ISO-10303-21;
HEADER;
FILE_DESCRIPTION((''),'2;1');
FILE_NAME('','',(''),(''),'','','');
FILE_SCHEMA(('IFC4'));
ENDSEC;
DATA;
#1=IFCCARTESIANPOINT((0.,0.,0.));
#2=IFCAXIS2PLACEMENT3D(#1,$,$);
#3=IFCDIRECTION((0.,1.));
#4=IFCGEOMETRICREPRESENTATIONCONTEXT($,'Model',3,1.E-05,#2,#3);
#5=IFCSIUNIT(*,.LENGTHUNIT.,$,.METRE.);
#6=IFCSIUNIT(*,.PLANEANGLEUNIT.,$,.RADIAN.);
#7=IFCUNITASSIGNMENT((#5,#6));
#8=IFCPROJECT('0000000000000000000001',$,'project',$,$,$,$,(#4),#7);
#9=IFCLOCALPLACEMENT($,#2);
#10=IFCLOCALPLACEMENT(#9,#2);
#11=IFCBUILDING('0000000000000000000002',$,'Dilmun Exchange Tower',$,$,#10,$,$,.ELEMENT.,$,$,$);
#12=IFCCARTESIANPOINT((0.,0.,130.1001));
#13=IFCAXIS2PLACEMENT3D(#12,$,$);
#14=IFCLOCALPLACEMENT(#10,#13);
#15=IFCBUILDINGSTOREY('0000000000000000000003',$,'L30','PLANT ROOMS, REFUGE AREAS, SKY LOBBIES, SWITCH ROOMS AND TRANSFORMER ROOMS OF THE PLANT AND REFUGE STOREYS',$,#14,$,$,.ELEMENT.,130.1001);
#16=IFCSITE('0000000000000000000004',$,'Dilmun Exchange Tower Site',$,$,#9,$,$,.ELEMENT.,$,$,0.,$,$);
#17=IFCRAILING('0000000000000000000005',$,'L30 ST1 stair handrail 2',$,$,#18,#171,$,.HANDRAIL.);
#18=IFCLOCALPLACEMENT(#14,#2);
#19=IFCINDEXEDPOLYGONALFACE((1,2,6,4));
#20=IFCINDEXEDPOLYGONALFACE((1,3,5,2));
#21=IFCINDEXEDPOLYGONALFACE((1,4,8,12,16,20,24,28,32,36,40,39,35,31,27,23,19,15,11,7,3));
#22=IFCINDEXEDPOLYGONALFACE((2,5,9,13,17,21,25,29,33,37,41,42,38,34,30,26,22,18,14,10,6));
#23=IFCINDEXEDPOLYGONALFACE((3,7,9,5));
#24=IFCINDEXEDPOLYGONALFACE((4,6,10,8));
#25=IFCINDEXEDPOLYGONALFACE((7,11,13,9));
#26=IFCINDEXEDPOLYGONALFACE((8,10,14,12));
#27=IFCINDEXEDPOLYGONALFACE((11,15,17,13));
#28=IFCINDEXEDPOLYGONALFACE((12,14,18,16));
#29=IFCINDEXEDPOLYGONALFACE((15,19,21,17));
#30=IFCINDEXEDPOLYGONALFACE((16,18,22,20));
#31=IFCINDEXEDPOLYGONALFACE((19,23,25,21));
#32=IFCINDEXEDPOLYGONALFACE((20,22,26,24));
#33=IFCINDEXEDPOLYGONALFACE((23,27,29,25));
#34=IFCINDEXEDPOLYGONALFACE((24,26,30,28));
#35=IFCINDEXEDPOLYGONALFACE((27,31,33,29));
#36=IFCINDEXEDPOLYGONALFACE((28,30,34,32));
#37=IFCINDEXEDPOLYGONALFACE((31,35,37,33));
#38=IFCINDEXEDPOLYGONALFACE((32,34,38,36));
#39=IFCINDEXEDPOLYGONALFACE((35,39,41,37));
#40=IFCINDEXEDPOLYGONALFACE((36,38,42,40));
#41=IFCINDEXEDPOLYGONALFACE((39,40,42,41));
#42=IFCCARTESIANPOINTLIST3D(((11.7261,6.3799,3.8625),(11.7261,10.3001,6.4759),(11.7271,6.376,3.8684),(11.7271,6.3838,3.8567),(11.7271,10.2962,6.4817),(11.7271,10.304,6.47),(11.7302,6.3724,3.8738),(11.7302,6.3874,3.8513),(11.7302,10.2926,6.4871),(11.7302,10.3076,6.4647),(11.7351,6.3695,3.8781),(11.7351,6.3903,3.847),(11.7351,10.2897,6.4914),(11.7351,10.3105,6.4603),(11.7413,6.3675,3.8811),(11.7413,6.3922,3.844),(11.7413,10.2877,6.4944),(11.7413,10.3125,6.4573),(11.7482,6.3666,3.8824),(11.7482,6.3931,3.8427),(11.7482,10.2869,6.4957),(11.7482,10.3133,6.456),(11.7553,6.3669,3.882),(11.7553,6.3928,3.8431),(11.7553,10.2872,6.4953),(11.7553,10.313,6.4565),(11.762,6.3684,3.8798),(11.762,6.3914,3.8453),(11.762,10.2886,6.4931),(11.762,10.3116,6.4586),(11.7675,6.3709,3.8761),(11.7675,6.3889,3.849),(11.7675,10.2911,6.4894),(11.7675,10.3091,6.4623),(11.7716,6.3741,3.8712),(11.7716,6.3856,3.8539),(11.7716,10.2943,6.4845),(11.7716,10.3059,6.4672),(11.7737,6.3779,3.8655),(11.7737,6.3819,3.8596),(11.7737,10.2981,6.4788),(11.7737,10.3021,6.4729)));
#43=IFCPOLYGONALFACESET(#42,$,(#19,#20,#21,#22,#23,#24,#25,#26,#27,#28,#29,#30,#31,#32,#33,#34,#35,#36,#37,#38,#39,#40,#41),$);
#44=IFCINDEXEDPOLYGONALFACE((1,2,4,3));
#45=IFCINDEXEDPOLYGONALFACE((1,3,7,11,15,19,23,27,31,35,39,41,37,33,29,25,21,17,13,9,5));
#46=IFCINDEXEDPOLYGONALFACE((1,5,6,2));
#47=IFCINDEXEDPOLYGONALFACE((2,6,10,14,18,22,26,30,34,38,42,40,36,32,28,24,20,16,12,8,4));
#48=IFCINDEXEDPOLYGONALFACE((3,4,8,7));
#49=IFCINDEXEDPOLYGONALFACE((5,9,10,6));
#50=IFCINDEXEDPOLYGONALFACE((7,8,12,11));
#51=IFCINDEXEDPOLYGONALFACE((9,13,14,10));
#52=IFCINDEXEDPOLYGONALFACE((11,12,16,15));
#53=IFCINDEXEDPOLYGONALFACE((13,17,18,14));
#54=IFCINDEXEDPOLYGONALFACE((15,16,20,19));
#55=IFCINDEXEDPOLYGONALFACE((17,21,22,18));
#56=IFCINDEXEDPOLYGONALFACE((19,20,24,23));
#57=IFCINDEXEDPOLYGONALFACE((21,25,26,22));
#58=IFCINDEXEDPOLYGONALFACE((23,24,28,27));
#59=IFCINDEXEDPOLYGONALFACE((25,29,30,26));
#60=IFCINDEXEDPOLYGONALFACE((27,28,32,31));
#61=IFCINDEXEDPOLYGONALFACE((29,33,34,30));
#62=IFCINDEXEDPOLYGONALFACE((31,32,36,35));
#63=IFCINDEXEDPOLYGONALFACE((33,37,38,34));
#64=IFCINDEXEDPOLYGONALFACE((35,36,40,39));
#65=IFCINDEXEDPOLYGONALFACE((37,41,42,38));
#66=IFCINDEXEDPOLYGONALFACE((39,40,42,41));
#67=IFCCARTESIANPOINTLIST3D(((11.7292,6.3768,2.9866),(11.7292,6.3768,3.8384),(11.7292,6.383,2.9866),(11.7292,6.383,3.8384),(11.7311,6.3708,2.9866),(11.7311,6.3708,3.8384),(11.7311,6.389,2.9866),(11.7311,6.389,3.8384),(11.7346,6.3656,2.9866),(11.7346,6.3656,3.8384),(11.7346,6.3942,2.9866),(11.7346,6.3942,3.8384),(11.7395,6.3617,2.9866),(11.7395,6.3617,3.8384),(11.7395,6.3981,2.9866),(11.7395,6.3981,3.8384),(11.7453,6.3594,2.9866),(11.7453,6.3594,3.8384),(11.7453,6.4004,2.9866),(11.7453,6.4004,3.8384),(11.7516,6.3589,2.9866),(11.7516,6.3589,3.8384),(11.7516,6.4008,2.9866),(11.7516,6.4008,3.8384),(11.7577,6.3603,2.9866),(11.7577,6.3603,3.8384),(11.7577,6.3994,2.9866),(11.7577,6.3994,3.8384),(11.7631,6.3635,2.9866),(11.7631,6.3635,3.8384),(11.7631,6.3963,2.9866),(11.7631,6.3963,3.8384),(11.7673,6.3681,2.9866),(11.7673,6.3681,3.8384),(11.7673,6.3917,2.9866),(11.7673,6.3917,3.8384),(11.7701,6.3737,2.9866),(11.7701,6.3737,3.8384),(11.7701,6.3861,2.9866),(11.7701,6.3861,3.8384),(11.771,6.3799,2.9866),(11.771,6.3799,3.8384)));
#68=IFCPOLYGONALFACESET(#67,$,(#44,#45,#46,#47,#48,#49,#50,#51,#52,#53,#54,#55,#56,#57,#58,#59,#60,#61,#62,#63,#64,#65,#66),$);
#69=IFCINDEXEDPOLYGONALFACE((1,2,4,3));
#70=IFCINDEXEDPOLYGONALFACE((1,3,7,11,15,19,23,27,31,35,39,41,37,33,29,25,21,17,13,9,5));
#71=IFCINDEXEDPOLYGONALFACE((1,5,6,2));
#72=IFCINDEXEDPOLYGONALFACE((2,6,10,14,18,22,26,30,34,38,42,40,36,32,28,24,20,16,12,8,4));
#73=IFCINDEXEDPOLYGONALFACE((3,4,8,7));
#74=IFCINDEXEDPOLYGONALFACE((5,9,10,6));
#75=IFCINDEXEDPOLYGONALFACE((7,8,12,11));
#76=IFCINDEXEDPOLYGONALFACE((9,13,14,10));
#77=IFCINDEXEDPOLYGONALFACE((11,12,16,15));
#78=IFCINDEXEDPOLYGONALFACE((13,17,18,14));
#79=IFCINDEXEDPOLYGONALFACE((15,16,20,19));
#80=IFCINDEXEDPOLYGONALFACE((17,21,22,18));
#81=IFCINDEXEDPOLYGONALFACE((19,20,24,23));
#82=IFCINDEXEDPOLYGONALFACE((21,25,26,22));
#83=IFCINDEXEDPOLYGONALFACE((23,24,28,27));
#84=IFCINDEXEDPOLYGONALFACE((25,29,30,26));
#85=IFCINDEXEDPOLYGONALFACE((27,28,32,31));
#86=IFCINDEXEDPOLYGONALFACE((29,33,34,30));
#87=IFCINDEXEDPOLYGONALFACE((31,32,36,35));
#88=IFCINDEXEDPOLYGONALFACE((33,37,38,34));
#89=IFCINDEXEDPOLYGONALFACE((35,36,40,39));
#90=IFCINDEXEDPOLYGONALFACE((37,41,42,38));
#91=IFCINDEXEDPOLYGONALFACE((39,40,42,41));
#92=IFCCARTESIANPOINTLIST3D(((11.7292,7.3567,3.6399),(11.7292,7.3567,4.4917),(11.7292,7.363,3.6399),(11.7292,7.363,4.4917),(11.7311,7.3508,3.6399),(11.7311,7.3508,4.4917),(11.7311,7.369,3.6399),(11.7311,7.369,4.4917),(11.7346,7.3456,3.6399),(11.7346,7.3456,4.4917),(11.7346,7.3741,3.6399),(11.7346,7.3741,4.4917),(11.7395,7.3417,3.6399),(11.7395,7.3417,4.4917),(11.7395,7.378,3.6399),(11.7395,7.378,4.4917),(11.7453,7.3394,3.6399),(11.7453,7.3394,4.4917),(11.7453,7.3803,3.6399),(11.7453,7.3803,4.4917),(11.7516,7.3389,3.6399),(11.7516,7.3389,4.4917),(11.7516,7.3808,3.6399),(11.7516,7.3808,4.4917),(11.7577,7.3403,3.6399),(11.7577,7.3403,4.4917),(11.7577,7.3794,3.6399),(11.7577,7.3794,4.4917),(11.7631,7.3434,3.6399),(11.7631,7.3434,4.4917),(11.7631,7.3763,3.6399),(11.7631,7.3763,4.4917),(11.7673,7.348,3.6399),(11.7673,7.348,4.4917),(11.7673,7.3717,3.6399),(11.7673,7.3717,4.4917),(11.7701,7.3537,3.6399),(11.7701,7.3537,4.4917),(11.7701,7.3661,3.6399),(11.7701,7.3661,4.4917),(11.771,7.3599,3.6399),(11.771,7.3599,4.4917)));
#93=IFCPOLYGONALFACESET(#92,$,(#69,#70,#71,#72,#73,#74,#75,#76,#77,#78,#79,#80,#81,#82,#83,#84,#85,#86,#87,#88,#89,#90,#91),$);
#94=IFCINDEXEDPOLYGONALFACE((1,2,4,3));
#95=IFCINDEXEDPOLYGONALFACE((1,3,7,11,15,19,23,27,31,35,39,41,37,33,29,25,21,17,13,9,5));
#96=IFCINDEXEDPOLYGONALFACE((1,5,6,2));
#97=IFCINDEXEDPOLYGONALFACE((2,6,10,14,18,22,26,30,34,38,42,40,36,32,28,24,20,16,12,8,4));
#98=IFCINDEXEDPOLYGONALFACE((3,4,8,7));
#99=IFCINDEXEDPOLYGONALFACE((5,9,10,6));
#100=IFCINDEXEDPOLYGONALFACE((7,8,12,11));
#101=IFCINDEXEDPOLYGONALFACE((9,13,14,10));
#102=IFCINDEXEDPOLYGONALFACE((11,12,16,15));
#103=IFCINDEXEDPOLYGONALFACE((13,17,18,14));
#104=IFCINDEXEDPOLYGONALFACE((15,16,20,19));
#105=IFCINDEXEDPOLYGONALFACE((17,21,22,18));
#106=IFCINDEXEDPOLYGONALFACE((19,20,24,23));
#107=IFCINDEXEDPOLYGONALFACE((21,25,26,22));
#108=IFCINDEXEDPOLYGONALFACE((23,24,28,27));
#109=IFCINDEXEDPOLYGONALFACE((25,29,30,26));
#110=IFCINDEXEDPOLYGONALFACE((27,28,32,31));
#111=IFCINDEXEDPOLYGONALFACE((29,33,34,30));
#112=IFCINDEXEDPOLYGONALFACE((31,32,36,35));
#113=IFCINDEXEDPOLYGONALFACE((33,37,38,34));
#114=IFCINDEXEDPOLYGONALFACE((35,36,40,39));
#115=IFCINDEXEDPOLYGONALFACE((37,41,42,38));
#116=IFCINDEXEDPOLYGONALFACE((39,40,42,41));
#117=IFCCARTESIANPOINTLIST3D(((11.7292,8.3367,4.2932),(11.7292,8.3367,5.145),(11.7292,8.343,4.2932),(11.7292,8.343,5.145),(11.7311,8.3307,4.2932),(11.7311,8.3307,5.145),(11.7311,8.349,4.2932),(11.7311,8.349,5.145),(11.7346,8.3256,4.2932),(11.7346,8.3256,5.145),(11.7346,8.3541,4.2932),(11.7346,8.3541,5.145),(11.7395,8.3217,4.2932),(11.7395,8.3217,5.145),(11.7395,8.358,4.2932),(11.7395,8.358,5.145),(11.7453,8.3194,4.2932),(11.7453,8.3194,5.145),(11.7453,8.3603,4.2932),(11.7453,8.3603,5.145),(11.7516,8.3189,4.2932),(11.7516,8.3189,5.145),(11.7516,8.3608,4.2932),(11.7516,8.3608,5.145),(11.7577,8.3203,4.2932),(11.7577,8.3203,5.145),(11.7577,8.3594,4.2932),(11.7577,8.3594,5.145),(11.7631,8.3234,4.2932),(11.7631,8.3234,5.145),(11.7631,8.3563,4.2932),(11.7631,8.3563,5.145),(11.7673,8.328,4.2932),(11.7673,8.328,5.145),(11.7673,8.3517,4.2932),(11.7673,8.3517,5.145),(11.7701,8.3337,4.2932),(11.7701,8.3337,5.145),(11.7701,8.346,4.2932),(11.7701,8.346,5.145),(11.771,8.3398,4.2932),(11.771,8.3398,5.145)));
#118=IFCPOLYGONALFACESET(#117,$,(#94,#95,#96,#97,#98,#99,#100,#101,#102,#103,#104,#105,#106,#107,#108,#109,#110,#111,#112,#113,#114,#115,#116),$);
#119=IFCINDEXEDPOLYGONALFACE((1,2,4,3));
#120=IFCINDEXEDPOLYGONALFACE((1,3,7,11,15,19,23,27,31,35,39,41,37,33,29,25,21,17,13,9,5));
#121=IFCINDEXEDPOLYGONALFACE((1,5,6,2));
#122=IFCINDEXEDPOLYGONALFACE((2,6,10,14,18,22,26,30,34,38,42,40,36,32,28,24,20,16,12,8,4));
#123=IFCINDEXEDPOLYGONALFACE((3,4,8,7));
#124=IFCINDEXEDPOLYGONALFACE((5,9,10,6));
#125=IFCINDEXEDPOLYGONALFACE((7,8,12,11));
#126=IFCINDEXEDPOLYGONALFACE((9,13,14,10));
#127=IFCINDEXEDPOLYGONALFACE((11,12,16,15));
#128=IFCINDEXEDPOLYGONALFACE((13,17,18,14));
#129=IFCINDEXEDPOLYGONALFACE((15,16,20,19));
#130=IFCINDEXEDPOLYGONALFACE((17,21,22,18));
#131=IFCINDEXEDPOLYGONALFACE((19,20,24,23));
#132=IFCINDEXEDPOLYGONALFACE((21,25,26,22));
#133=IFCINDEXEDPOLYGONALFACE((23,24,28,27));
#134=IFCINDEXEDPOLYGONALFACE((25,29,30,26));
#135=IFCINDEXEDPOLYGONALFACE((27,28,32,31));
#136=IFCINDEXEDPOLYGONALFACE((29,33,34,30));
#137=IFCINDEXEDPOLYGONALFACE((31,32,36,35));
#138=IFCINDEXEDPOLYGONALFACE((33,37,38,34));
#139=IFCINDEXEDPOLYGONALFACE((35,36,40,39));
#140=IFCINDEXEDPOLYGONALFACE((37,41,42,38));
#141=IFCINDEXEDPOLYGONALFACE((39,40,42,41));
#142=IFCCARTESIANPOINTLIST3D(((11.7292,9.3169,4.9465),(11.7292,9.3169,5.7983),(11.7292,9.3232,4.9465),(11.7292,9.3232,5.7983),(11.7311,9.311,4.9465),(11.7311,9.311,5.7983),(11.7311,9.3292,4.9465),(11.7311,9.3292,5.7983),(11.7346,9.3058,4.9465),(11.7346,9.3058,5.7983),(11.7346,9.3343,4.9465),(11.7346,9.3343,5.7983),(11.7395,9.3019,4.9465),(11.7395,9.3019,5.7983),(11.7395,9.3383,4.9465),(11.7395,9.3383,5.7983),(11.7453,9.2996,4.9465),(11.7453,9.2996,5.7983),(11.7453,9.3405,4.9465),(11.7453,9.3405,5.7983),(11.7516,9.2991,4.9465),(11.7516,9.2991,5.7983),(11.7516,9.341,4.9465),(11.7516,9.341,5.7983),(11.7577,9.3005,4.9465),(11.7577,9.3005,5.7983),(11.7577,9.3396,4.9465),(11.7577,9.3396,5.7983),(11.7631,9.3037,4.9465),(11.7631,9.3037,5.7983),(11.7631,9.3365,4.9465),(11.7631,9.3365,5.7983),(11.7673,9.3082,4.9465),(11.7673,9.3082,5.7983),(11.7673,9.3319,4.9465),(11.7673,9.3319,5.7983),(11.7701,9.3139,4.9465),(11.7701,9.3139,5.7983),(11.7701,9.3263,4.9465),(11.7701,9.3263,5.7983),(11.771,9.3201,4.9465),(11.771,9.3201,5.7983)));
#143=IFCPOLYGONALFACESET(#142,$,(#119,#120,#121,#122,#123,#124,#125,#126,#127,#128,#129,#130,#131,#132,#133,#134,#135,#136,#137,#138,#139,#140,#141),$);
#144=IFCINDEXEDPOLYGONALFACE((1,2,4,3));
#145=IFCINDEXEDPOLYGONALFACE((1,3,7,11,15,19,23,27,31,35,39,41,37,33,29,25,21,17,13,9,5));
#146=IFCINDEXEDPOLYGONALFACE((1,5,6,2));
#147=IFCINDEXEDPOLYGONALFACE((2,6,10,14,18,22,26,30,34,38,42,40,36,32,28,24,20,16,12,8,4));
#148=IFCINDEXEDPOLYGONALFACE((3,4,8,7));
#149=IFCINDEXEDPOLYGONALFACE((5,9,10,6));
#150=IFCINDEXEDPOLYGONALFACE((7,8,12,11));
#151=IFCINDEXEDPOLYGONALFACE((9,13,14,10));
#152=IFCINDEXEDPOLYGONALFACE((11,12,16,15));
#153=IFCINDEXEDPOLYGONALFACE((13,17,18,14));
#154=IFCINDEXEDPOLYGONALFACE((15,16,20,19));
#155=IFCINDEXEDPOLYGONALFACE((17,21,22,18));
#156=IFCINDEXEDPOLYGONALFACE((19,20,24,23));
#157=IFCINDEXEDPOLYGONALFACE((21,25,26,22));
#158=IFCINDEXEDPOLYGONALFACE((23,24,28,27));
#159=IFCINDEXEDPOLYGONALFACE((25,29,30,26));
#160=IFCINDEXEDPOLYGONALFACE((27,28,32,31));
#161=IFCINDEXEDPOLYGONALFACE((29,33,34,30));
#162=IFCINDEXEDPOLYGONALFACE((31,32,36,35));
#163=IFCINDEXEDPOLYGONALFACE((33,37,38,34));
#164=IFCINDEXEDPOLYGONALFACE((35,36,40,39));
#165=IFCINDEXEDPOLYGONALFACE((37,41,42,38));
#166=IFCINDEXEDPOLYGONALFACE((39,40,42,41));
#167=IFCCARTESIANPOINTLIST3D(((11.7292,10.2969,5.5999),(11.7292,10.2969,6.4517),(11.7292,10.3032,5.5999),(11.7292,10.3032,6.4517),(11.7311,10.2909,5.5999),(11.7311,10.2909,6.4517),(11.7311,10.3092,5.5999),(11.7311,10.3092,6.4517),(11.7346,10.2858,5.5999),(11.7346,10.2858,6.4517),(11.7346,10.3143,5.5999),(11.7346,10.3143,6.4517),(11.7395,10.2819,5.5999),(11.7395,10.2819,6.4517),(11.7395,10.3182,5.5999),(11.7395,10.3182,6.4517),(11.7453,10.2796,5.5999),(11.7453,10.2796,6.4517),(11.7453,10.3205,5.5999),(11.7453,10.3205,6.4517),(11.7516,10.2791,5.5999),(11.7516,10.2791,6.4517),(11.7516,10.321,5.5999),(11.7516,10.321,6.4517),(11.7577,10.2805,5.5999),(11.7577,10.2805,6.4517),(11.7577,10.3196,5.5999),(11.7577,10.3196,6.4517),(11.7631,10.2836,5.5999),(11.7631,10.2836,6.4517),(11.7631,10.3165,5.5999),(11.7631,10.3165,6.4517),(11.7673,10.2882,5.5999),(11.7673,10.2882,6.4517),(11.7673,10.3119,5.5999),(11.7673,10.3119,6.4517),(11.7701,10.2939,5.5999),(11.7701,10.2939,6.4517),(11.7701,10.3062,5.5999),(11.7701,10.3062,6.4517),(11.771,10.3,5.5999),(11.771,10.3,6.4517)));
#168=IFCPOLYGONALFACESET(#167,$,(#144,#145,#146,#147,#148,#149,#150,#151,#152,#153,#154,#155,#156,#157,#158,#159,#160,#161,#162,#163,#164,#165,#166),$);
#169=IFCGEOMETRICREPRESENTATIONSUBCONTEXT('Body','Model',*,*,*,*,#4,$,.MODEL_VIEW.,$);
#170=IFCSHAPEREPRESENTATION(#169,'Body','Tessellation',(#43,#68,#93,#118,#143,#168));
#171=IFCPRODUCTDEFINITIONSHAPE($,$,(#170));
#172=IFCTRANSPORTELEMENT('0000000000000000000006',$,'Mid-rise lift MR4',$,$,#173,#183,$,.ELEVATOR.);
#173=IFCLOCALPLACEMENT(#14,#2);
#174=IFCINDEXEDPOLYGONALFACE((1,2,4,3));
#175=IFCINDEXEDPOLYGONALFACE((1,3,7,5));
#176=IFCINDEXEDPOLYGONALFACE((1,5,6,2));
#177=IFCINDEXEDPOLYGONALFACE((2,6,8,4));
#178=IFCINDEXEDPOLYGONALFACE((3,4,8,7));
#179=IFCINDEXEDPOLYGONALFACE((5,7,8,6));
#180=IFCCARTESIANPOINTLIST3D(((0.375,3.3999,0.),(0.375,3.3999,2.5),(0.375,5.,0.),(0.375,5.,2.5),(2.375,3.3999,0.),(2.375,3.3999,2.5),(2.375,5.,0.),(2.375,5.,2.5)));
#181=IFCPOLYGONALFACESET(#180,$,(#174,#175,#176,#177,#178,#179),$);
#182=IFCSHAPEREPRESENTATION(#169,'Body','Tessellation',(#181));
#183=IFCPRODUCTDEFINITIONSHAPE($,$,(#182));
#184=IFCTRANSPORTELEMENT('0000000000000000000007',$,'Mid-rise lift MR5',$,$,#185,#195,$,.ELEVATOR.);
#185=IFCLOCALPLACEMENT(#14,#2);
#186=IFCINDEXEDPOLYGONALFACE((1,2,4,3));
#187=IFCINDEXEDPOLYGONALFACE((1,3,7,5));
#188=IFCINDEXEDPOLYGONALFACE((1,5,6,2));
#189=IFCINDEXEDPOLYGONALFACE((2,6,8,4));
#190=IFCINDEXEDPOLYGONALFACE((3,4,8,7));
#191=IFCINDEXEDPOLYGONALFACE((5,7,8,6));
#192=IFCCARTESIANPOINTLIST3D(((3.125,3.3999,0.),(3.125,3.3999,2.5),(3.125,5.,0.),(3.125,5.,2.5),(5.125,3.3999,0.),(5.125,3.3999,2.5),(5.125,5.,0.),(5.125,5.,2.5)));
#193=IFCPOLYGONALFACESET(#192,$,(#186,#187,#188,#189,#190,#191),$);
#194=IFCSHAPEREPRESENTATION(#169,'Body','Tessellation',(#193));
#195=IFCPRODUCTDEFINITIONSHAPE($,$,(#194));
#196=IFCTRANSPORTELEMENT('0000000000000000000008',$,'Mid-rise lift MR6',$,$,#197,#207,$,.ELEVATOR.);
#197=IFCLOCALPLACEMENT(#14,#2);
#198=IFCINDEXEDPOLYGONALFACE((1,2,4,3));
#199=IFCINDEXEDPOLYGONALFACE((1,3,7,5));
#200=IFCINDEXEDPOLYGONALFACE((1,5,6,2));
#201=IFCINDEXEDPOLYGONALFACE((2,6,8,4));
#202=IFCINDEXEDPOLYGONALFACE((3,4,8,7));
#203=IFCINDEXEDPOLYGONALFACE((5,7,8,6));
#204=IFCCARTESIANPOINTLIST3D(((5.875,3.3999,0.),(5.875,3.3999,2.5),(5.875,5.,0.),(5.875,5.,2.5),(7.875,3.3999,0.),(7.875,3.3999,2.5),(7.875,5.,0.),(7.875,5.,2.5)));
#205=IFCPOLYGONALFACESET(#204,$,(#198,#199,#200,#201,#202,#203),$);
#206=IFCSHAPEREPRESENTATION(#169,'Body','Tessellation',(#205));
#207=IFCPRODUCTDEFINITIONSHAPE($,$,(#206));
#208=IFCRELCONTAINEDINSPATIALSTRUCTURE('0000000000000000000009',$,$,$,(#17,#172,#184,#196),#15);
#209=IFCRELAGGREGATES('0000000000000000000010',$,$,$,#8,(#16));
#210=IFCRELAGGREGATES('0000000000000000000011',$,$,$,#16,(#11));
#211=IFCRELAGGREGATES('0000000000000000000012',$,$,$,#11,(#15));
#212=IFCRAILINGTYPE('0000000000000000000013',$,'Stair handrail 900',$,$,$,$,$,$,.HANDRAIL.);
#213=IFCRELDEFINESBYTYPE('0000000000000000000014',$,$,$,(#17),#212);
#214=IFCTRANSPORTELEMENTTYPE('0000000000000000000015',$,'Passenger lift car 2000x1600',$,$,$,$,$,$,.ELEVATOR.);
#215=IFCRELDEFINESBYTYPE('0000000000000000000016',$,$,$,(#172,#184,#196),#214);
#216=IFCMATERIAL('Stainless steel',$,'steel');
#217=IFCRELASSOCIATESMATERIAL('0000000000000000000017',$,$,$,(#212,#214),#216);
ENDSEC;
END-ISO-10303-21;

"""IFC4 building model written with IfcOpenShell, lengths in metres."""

from ifc_helpers import new_model, si_unit, direction, frame, origin, origin_2d, place, context, subcontext, project, spatial, rectangle, circle, extrude, material, type_object, element, save


model = new_model("IFC4")

# Units and contexts
model_context = context("Model", 3, precision=1e-05, world=origin(), true_north=direction((0.0, 1.0)))
body_context = subcontext(model_context, "Body", "Model", "MODEL_VIEW")
ifc_project = project(units=[si_unit("LENGTHUNIT", "METRE"), si_unit("PLANEANGLEUNIT", "RADIAN")], contexts=[model_context])

# Site, building, storey
site_placement = place(None, origin())
site = spatial("IfcSite", under=ifc_project, at=site_placement, Name="Dilmun Exchange Tower Site", CompositionType="ELEMENT", RefElevation=0.0)
building_placement = place(site_placement, origin())
building = spatial("IfcBuilding", under=site, at=building_placement, Name="Dilmun Exchange Tower", CompositionType="ELEMENT")
storey_placement = place(building_placement, frame((0.0, 0.0, 130.1001)))
storey = spatial("IfcBuildingStorey", under=building, at=storey_placement, Name="L30", Description="PLANT ROOMS, REFUGE AREAS, SKY LOBBIES, SWITCH ROOMS AND TRANSFORMER ROOMS OF THE PLANT AND REFUGE STOREYS", CompositionType="ELEMENT", Elevation=130.1001)

# Railing
ifc_material_1 = material(Name="Stainless steel", Category="steel")
railing_type = type_object("IfcRailingType", Name="Stair handrail 900", PredefinedType="HANDRAIL", material=ifc_material_1)
railing_1_placement = place(storey_placement, frame((11.75, 6.3799, 2.9866)))
element("IfcRailing", 1, at=railing_1_placement, inside=storey, type_object=railing_type, Name="L30 ST1 stair handrail 2", PredefinedType="HANDRAIL", context=body_context, shape_type="SweptSolid", body=[
    extrude(circle(Radius=0.0239, at=origin_2d()), frame((0.0, 0.0, 0.876), z_axis=(0.0, 0.832066, 0.554676), x_axis=(-1.0, 0.0, 0.0)), (0.0, 0.0, 1.0), 4.7114),
    extrude(circle(Radius=0.021, at=origin_2d()), origin(), (0.0, 0.0, 1.0), 0.8518),
    extrude(circle(Radius=0.021, at=origin_2d()), frame((0.0, 0.98, 0.6533)), (0.0, 0.0, 1.0), 0.8518),
    extrude(circle(Radius=0.021, at=origin_2d()), frame((0.0, 1.96, 1.3066)), (0.0, 0.0, 1.0), 0.8518),
    extrude(circle(Radius=0.021, at=origin_2d()), frame((0.0, 2.9402, 1.96)), (0.0, 0.0, 1.0), 0.8518),
    extrude(circle(Radius=0.021, at=origin_2d()), frame((0.0, 3.9202, 2.6133)), (0.0, 0.0, 1.0), 0.8518),
])

# Transport elements
transport_element_type = type_object("IfcTransportElementType", Name="Passenger lift car 2000x1600", PredefinedType="ELEVATOR", material=ifc_material_1)
for number, where, z_axis, x_axis, name in (
    (2, (1.375, 4.2, 0.0), (0.0, 0.0, 1.0), (1.0, 0.0, 0.0), "Mid-rise lift MR4"),
    (3, (4.125, 4.2, 0.0), (0.0, 0.0, 1.0), (1.0, 0.0, 0.0), "Mid-rise lift MR5"),
    (4, (6.875, 4.2, 0.0), (0.0, 0.0, 1.0), (1.0, 0.0, 0.0), "Mid-rise lift MR6"),
):
    element("IfcTransportElement", number, at=place(storey_placement, frame(where, z_axis=z_axis, x_axis=x_axis)), inside=storey, type_object=transport_element_type, Name=name, PredefinedType="ELEVATOR", context=body_context, shape_type="SweptSolid", body=[
        extrude(rectangle(XDim=2.0, YDim=1.6001, at=origin_2d()), origin(), (0.0, 0.0, 1.0), 2.5),
    ])

save(model, "model.ifc")
